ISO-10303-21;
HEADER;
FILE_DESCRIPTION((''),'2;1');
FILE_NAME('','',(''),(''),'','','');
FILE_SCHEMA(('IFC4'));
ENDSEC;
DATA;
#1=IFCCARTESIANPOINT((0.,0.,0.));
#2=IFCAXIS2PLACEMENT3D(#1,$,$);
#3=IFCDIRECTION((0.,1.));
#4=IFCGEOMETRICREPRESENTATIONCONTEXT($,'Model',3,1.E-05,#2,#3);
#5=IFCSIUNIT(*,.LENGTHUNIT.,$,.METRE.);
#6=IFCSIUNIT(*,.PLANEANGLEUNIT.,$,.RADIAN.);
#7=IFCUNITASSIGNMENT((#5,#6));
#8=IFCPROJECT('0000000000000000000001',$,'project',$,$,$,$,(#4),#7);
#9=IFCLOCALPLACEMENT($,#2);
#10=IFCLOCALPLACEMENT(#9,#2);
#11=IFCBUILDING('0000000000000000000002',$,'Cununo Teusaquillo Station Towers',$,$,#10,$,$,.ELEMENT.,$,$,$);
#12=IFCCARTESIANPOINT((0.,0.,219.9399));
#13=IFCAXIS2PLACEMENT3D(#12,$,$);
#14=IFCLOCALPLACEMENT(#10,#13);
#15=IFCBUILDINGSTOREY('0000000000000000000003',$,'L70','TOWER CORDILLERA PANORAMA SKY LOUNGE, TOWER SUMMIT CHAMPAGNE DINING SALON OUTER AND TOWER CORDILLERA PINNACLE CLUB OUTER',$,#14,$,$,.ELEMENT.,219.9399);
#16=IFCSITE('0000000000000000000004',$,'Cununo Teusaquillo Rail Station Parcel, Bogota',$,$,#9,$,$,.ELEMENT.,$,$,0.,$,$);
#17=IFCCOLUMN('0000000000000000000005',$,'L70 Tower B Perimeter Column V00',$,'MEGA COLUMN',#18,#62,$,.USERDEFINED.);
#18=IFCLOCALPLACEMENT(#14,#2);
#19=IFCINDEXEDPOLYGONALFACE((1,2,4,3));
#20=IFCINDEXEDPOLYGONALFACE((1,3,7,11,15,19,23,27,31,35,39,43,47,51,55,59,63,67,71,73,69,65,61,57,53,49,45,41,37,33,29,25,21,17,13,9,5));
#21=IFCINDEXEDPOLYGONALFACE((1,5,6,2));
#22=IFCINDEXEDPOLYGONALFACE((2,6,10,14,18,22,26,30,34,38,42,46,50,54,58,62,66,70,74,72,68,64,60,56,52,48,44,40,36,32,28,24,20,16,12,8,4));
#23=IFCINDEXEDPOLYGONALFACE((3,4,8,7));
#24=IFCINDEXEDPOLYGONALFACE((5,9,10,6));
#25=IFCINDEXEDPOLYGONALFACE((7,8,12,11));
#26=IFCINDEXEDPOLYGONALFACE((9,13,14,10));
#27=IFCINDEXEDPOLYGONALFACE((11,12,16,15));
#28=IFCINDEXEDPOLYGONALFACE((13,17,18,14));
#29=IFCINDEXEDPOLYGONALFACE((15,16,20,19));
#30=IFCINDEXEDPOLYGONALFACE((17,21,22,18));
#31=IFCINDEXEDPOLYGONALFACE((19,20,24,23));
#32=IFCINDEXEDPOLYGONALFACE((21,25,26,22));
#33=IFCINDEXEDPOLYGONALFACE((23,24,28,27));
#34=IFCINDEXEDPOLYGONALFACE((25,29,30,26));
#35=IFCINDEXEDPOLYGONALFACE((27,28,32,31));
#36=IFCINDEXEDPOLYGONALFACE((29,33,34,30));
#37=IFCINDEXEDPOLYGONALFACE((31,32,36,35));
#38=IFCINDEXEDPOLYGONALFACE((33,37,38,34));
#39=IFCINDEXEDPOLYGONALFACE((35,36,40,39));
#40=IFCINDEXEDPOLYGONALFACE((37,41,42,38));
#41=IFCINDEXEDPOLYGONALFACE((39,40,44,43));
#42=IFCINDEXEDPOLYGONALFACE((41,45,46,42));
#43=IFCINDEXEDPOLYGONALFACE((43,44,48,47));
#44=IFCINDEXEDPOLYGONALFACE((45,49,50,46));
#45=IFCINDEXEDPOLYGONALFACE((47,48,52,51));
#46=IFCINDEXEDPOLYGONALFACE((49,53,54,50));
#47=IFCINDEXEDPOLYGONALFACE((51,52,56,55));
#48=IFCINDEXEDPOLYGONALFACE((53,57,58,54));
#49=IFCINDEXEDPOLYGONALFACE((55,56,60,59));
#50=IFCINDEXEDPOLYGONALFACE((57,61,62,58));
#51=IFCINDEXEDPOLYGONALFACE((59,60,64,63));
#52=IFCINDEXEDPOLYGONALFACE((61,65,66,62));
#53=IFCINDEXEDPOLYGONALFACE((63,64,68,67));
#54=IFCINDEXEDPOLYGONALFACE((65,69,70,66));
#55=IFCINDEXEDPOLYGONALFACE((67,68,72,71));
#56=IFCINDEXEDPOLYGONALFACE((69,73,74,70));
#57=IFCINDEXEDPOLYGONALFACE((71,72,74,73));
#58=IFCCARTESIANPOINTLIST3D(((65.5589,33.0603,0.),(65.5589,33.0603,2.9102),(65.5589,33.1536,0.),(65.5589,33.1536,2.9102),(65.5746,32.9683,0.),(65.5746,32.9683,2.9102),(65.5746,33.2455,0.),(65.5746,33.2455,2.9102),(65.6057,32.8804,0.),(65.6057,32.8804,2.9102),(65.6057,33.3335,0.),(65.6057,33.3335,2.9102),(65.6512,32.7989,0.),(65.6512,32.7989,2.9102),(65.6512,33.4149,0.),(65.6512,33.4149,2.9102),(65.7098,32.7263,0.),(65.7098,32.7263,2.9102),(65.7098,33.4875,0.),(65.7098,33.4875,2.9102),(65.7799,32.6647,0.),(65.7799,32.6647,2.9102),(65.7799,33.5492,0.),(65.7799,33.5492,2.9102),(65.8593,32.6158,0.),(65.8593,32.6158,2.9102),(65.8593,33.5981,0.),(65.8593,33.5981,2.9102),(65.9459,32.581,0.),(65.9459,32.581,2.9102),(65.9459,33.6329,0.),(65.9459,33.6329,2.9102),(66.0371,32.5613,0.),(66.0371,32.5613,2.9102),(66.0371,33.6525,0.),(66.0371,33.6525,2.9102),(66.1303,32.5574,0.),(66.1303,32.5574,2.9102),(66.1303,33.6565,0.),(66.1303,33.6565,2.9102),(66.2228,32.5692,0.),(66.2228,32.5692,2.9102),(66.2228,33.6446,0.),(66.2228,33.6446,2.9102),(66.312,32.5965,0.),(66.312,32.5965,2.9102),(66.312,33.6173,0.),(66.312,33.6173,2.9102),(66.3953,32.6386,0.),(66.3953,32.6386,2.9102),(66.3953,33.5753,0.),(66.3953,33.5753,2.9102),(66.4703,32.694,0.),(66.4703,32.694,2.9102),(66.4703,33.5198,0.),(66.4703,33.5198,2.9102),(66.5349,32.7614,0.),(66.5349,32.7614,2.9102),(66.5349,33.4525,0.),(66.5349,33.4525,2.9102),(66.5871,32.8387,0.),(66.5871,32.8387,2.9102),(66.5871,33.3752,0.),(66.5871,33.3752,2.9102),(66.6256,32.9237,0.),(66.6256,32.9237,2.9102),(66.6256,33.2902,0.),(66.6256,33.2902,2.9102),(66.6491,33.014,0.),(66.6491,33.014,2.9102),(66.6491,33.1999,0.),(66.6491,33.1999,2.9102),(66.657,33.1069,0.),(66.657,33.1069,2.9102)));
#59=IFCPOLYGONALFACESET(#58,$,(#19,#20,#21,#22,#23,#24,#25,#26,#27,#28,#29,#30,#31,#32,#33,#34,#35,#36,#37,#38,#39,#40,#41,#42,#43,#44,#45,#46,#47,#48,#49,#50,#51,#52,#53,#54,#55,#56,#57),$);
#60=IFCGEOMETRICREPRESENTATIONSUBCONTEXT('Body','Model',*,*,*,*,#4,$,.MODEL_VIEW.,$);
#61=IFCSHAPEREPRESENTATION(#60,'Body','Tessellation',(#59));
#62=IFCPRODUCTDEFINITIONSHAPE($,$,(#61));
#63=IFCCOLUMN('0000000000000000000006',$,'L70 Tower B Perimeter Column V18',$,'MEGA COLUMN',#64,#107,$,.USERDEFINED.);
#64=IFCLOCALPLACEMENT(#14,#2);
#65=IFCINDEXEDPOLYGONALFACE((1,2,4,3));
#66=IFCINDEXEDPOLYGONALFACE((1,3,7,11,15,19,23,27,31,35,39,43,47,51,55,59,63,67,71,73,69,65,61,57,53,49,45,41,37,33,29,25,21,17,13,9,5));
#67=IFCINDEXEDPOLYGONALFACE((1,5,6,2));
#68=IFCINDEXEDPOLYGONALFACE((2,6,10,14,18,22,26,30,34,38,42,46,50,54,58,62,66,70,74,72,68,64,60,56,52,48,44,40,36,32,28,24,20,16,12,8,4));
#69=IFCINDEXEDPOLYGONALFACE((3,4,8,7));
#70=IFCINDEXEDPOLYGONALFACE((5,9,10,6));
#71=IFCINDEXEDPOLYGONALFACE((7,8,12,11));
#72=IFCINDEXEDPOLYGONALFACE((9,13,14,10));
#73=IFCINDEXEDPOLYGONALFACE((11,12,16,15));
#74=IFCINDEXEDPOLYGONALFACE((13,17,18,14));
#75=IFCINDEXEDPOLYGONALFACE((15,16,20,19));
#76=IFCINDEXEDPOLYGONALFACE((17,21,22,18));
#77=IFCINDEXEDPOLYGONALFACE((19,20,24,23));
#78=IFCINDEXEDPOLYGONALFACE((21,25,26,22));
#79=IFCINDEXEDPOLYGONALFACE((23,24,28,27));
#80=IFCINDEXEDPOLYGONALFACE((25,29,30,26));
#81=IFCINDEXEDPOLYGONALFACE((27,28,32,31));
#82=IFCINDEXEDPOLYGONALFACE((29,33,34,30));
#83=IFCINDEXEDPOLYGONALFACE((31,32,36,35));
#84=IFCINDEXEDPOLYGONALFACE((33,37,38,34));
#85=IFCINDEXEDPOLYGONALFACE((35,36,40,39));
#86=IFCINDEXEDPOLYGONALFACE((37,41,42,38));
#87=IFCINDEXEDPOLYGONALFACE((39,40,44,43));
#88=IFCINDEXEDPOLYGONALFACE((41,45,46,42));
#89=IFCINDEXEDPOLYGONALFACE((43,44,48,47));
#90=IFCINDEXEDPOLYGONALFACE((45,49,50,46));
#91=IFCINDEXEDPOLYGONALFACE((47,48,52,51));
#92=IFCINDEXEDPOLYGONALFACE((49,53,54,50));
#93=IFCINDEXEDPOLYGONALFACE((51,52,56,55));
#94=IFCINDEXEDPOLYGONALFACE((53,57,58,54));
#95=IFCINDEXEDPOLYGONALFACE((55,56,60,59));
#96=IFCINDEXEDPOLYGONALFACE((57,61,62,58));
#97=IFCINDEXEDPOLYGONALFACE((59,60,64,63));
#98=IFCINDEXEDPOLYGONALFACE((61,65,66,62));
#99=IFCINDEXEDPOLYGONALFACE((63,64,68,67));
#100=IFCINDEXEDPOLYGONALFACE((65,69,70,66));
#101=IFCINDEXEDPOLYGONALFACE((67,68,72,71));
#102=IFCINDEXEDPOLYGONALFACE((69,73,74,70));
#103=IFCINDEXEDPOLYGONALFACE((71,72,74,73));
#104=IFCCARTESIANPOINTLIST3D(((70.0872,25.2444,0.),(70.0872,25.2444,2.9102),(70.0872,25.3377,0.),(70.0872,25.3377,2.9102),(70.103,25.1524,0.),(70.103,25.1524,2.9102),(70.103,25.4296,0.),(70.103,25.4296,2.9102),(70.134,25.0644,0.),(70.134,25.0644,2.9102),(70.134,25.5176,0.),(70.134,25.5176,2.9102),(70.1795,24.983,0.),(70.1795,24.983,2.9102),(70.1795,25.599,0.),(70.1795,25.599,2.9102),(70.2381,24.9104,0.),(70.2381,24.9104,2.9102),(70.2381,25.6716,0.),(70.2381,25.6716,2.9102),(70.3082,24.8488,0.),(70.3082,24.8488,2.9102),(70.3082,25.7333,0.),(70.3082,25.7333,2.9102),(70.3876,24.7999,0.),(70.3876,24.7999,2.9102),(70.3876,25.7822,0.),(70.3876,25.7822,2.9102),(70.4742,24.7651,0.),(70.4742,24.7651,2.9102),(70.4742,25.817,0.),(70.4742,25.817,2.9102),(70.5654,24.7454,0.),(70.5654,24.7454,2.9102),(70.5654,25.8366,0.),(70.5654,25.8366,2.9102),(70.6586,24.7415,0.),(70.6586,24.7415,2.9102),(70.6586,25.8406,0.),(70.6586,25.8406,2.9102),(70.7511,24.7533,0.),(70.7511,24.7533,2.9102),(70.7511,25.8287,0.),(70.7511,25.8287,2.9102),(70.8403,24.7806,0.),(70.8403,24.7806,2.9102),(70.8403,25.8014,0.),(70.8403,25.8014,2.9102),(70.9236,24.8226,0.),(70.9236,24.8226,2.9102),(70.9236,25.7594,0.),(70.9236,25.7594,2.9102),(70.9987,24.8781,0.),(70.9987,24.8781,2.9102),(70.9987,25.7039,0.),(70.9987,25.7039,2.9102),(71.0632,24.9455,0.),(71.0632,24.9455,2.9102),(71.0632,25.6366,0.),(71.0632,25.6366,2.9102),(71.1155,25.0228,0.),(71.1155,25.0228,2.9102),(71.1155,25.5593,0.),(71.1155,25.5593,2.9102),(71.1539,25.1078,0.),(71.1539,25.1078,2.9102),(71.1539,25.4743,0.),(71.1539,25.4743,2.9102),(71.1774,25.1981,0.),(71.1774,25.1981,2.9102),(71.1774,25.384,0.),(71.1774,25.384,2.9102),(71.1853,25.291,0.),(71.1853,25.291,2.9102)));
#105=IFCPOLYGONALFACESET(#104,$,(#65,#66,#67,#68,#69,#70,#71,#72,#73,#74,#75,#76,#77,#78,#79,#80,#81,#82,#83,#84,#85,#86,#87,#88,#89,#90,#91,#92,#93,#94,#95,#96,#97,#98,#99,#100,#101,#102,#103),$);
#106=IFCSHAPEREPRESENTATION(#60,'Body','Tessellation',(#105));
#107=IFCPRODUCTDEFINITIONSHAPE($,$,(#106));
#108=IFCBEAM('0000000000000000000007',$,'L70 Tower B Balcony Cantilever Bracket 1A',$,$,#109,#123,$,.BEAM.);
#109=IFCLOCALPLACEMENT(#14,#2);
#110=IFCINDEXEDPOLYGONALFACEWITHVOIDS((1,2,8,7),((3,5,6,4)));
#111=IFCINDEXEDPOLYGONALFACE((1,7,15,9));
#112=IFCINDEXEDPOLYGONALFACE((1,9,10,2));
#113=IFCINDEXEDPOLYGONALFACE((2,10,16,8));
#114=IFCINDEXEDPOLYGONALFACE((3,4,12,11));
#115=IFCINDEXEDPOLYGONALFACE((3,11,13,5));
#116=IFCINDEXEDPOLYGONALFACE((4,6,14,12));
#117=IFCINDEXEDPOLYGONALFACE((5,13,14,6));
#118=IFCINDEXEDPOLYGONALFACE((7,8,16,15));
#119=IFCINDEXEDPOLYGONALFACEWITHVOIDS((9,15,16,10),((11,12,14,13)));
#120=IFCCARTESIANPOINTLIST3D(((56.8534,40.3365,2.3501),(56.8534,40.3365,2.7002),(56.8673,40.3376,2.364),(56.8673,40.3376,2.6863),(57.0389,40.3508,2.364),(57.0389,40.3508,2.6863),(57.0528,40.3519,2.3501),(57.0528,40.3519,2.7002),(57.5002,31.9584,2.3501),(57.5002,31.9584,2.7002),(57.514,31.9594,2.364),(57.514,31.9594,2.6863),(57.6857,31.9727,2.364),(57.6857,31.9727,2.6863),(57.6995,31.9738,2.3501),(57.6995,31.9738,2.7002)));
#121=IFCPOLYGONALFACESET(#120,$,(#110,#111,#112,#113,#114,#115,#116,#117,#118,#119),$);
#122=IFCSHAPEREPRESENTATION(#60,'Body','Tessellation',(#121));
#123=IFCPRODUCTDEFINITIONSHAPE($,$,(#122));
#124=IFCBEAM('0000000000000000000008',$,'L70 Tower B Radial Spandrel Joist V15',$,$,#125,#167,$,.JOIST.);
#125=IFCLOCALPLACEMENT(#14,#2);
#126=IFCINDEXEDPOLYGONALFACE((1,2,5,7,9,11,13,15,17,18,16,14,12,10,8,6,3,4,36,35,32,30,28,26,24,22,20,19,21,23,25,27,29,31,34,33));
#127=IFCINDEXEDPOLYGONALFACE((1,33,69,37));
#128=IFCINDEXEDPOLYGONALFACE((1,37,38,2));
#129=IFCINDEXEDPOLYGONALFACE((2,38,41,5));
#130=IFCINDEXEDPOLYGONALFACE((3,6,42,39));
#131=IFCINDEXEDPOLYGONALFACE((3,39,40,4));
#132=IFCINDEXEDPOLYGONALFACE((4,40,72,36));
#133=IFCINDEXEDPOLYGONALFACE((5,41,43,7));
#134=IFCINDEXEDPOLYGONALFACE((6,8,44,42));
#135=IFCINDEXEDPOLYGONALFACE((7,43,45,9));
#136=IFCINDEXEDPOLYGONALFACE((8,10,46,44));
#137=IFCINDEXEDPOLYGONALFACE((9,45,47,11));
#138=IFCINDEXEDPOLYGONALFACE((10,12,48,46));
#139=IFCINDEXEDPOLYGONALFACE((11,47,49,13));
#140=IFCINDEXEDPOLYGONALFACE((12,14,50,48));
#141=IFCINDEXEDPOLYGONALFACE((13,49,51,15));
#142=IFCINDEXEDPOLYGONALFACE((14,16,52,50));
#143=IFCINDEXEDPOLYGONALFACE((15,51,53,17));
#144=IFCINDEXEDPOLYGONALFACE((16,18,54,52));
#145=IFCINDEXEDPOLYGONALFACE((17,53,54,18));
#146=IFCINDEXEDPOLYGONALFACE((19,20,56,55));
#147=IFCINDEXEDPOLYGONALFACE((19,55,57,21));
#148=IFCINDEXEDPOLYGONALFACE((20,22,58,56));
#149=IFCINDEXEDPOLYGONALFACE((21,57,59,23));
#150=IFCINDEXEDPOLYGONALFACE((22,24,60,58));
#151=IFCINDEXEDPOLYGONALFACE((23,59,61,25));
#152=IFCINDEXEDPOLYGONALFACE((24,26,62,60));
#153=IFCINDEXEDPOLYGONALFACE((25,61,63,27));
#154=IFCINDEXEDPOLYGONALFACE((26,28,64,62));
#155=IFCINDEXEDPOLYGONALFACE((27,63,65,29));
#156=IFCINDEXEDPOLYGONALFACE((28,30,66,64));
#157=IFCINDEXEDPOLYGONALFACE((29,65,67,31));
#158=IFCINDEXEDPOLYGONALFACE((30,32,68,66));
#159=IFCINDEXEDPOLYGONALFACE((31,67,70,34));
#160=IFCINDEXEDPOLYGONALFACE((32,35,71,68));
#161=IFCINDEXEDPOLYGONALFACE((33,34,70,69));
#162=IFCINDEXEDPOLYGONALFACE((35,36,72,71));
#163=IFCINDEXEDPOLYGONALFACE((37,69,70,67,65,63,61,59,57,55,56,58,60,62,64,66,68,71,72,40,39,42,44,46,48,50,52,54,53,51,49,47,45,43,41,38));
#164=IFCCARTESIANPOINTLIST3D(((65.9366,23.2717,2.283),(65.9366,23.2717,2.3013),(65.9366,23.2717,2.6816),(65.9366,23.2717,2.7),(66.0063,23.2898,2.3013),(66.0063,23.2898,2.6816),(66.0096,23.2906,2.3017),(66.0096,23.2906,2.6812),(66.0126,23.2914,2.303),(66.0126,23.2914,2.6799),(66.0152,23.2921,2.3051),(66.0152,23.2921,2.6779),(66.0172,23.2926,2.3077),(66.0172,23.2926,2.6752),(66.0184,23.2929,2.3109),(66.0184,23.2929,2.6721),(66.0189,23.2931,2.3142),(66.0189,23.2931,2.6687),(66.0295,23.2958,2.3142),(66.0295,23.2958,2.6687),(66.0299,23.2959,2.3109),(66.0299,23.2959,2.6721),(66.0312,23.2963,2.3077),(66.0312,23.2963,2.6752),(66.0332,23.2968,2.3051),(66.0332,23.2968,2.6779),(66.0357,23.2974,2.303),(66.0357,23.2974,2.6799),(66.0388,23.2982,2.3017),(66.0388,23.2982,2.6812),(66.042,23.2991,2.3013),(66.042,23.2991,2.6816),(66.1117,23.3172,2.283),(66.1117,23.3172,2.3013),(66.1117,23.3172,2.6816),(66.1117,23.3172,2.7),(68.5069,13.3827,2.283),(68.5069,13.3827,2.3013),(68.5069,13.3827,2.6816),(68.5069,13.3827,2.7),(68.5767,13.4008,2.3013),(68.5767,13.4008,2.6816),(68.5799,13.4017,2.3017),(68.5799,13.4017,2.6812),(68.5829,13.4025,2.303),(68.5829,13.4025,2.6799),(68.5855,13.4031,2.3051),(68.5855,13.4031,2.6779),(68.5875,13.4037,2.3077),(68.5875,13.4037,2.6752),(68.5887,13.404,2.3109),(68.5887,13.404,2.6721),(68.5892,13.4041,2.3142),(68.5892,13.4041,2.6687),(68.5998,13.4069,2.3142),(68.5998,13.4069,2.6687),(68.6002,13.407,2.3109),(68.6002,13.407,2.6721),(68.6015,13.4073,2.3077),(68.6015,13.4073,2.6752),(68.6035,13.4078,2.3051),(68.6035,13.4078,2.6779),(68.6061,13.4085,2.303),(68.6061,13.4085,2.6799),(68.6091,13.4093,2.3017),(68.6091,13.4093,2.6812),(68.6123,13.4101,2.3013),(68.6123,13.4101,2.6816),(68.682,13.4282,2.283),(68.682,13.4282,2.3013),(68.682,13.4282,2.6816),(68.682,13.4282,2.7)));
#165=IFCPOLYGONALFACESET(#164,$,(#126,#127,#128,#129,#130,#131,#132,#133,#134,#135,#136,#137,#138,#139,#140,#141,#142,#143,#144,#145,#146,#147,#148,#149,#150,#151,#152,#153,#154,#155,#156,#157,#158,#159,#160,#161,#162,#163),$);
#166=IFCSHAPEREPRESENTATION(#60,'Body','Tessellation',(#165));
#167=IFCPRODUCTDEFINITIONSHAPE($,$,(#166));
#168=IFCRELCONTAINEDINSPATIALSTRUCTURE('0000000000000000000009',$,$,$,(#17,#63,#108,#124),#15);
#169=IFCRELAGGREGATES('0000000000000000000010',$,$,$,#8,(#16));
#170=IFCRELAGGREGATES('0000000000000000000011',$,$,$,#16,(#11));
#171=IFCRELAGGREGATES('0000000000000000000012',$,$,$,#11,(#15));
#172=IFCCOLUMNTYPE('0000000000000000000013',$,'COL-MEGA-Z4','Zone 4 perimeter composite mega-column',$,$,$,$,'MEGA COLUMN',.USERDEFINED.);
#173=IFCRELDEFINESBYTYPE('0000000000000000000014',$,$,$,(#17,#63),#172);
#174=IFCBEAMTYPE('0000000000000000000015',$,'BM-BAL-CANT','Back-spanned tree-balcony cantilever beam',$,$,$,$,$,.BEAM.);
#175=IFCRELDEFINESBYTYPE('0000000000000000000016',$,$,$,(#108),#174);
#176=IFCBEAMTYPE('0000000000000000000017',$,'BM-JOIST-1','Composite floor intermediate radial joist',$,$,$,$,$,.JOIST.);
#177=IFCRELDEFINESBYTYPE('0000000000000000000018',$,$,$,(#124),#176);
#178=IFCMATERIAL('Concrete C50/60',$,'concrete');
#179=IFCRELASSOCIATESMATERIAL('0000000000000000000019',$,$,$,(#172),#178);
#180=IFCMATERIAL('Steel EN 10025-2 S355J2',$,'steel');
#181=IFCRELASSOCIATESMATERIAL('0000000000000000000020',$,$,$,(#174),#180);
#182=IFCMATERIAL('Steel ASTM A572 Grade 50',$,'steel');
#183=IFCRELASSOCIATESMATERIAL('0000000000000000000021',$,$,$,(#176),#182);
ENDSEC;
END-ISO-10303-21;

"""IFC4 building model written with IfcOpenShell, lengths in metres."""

from ifc_helpers import new_model, si_unit, direction, frame, origin, origin_2d, place, context, subcontext, project, spatial, hollow_rectangle, circle, i_section, extrude, material, material_profile, profile_set, type_object, element, save


model = new_model("IFC4")

# Units and contexts
model_context = context("Model", 3, precision=1e-05, world=origin(), true_north=direction((0.0, 1.0)))
body_context = subcontext(model_context, "Body", "Model", "MODEL_VIEW")
ifc_project = project(units=[si_unit("LENGTHUNIT", "METRE"), si_unit("PLANEANGLEUNIT", "RADIAN")], contexts=[model_context])

# Site, building, storey
site_placement = place(None, origin())
site = spatial("IfcSite", under=ifc_project, at=site_placement, Name="Cununo Teusaquillo Rail Station Parcel, Bogota", CompositionType="ELEMENT", RefElevation=0.0)
building_placement = place(site_placement, origin())
building = spatial("IfcBuilding", under=site, at=building_placement, Name="Cununo Teusaquillo Station Towers", CompositionType="ELEMENT")
storey_placement = place(building_placement, frame((0.0, 0.0, 219.9399)))
storey = spatial("IfcBuildingStorey", under=building, at=storey_placement, Name="L70", Description="TOWER CORDILLERA PANORAMA SKY LOUNGE, TOWER SUMMIT CHAMPAGNE DINING SALON OUTER AND TOWER CORDILLERA PINNACLE CLUB OUTER", CompositionType="ELEMENT", Elevation=219.9399)

# Columns
ifc_material_1 = material(Name="Concrete C50/60", Category="concrete")
ifc_material_profile_1 = material_profile(ifc_material_1, circle(Radius=0.55, at=origin_2d()), Name="RC-CIRC-1100")
ifc_profile_set_1 = profile_set([ifc_material_profile_1], Name="Concrete C50/60")
column_type = type_object("IfcColumnType", Name="COL-MEGA-Z4", Description="Zone 4 perimeter composite mega-column", ElementType="MEGA COLUMN", PredefinedType="USERDEFINED", material=ifc_profile_set_1)
for number, where, z_axis, x_axis, name in (
    (1, (66.1069, 33.1069, 0.0), (0.0, 0.0, 1.0), (1.0, 0.0, 0.0), "L70 Tower B Perimeter Column V00"),
    (2, (70.6353, 25.291, 0.0), (0.0, 0.0, 1.0), (1.0, 0.0, 0.0), "L70 Tower B Perimeter Column V18"),
):
    element("IfcColumn", number, at=place(storey_placement, frame(where, z_axis=z_axis, x_axis=x_axis)), inside=storey, type_object=column_type, Name=name, ObjectType="MEGA COLUMN", PredefinedType="USERDEFINED", context=body_context, shape_type="SweptSolid", body=[
        extrude(circle(Radius=0.55, at=origin_2d()), origin(), (0.0, 0.0, 1.0), 2.9102),
    ])

# Beams
ifc_material_2 = material(Name="Steel EN 10025-2 S355J2", Category="steel")
ifc_material_profile_2 = material_profile(ifc_material_2, hollow_rectangle(XDim=0.2, YDim=0.3501, WallThickness=0.0139, at=origin_2d()), Name="RHS 350x200x14")
ifc_profile_set_2 = profile_set([ifc_material_profile_2], Name="Steel EN 10025-2 S355J2")
beam_type_1 = type_object("IfcBeamType", Name="BM-BAL-CANT", Description="Back-spanned tree-balcony cantilever beam", PredefinedType="BEAM", material=ifc_profile_set_2)
beam_1_placement = place(storey_placement, frame((57.5999, 31.9661, 2.5251), z_axis=(-0.076963, 0.997034, 0.0), x_axis=(-0.997034, -0.076963, 0.0)))
element("IfcBeam", 3, at=beam_1_placement, inside=storey, type_object=beam_type_1, Name="L70 Tower B Balcony Cantilever Bracket 1A", PredefinedType="BEAM", context=body_context, shape_type="SweptSolid", body=[
    extrude(hollow_rectangle(XDim=0.2, YDim=0.3501, WallThickness=0.0139, at=origin_2d()), origin(), (0.0, 0.0, 1.0), 8.4031),
])
ifc_material_3 = material(Name="Steel ASTM A572 Grade 50", Category="steel")
ifc_material_profile_3 = material_profile(ifc_material_3, i_section(OverallWidth=0.1809, OverallDepth=0.417, WebThickness=0.011, FlangeThickness=0.0183, FilletRadius=0.0129, at=origin_2d()), Name="W16X57")
ifc_profile_set_3 = profile_set([ifc_material_profile_3], Name="Steel ASTM A572 Grade 50")
beam_type_2 = type_object("IfcBeamType", Name="BM-JOIST-1", Description="Composite floor intermediate radial joist", PredefinedType="JOIST", material=ifc_profile_set_3)
beam_2_placement = place(storey_placement, frame((66.0242, 23.2944, 2.4915), z_axis=(0.25156, -0.967842, 0.0), x_axis=(0.967842, 0.25156, 0.0)))
element("IfcBeam", 4, at=beam_2_placement, inside=storey, type_object=beam_type_2, Name="L70 Tower B Radial Spandrel Joist V15", PredefinedType="JOIST", context=body_context, shape_type="SweptSolid", body=[
    extrude(i_section(OverallWidth=0.1809, OverallDepth=0.417, WebThickness=0.011, FlangeThickness=0.0183, FilletRadius=0.0129, at=origin_2d()), origin(), (0.0, 0.0, 1.0), 10.2175),
])

save(model, "model.ifc")
